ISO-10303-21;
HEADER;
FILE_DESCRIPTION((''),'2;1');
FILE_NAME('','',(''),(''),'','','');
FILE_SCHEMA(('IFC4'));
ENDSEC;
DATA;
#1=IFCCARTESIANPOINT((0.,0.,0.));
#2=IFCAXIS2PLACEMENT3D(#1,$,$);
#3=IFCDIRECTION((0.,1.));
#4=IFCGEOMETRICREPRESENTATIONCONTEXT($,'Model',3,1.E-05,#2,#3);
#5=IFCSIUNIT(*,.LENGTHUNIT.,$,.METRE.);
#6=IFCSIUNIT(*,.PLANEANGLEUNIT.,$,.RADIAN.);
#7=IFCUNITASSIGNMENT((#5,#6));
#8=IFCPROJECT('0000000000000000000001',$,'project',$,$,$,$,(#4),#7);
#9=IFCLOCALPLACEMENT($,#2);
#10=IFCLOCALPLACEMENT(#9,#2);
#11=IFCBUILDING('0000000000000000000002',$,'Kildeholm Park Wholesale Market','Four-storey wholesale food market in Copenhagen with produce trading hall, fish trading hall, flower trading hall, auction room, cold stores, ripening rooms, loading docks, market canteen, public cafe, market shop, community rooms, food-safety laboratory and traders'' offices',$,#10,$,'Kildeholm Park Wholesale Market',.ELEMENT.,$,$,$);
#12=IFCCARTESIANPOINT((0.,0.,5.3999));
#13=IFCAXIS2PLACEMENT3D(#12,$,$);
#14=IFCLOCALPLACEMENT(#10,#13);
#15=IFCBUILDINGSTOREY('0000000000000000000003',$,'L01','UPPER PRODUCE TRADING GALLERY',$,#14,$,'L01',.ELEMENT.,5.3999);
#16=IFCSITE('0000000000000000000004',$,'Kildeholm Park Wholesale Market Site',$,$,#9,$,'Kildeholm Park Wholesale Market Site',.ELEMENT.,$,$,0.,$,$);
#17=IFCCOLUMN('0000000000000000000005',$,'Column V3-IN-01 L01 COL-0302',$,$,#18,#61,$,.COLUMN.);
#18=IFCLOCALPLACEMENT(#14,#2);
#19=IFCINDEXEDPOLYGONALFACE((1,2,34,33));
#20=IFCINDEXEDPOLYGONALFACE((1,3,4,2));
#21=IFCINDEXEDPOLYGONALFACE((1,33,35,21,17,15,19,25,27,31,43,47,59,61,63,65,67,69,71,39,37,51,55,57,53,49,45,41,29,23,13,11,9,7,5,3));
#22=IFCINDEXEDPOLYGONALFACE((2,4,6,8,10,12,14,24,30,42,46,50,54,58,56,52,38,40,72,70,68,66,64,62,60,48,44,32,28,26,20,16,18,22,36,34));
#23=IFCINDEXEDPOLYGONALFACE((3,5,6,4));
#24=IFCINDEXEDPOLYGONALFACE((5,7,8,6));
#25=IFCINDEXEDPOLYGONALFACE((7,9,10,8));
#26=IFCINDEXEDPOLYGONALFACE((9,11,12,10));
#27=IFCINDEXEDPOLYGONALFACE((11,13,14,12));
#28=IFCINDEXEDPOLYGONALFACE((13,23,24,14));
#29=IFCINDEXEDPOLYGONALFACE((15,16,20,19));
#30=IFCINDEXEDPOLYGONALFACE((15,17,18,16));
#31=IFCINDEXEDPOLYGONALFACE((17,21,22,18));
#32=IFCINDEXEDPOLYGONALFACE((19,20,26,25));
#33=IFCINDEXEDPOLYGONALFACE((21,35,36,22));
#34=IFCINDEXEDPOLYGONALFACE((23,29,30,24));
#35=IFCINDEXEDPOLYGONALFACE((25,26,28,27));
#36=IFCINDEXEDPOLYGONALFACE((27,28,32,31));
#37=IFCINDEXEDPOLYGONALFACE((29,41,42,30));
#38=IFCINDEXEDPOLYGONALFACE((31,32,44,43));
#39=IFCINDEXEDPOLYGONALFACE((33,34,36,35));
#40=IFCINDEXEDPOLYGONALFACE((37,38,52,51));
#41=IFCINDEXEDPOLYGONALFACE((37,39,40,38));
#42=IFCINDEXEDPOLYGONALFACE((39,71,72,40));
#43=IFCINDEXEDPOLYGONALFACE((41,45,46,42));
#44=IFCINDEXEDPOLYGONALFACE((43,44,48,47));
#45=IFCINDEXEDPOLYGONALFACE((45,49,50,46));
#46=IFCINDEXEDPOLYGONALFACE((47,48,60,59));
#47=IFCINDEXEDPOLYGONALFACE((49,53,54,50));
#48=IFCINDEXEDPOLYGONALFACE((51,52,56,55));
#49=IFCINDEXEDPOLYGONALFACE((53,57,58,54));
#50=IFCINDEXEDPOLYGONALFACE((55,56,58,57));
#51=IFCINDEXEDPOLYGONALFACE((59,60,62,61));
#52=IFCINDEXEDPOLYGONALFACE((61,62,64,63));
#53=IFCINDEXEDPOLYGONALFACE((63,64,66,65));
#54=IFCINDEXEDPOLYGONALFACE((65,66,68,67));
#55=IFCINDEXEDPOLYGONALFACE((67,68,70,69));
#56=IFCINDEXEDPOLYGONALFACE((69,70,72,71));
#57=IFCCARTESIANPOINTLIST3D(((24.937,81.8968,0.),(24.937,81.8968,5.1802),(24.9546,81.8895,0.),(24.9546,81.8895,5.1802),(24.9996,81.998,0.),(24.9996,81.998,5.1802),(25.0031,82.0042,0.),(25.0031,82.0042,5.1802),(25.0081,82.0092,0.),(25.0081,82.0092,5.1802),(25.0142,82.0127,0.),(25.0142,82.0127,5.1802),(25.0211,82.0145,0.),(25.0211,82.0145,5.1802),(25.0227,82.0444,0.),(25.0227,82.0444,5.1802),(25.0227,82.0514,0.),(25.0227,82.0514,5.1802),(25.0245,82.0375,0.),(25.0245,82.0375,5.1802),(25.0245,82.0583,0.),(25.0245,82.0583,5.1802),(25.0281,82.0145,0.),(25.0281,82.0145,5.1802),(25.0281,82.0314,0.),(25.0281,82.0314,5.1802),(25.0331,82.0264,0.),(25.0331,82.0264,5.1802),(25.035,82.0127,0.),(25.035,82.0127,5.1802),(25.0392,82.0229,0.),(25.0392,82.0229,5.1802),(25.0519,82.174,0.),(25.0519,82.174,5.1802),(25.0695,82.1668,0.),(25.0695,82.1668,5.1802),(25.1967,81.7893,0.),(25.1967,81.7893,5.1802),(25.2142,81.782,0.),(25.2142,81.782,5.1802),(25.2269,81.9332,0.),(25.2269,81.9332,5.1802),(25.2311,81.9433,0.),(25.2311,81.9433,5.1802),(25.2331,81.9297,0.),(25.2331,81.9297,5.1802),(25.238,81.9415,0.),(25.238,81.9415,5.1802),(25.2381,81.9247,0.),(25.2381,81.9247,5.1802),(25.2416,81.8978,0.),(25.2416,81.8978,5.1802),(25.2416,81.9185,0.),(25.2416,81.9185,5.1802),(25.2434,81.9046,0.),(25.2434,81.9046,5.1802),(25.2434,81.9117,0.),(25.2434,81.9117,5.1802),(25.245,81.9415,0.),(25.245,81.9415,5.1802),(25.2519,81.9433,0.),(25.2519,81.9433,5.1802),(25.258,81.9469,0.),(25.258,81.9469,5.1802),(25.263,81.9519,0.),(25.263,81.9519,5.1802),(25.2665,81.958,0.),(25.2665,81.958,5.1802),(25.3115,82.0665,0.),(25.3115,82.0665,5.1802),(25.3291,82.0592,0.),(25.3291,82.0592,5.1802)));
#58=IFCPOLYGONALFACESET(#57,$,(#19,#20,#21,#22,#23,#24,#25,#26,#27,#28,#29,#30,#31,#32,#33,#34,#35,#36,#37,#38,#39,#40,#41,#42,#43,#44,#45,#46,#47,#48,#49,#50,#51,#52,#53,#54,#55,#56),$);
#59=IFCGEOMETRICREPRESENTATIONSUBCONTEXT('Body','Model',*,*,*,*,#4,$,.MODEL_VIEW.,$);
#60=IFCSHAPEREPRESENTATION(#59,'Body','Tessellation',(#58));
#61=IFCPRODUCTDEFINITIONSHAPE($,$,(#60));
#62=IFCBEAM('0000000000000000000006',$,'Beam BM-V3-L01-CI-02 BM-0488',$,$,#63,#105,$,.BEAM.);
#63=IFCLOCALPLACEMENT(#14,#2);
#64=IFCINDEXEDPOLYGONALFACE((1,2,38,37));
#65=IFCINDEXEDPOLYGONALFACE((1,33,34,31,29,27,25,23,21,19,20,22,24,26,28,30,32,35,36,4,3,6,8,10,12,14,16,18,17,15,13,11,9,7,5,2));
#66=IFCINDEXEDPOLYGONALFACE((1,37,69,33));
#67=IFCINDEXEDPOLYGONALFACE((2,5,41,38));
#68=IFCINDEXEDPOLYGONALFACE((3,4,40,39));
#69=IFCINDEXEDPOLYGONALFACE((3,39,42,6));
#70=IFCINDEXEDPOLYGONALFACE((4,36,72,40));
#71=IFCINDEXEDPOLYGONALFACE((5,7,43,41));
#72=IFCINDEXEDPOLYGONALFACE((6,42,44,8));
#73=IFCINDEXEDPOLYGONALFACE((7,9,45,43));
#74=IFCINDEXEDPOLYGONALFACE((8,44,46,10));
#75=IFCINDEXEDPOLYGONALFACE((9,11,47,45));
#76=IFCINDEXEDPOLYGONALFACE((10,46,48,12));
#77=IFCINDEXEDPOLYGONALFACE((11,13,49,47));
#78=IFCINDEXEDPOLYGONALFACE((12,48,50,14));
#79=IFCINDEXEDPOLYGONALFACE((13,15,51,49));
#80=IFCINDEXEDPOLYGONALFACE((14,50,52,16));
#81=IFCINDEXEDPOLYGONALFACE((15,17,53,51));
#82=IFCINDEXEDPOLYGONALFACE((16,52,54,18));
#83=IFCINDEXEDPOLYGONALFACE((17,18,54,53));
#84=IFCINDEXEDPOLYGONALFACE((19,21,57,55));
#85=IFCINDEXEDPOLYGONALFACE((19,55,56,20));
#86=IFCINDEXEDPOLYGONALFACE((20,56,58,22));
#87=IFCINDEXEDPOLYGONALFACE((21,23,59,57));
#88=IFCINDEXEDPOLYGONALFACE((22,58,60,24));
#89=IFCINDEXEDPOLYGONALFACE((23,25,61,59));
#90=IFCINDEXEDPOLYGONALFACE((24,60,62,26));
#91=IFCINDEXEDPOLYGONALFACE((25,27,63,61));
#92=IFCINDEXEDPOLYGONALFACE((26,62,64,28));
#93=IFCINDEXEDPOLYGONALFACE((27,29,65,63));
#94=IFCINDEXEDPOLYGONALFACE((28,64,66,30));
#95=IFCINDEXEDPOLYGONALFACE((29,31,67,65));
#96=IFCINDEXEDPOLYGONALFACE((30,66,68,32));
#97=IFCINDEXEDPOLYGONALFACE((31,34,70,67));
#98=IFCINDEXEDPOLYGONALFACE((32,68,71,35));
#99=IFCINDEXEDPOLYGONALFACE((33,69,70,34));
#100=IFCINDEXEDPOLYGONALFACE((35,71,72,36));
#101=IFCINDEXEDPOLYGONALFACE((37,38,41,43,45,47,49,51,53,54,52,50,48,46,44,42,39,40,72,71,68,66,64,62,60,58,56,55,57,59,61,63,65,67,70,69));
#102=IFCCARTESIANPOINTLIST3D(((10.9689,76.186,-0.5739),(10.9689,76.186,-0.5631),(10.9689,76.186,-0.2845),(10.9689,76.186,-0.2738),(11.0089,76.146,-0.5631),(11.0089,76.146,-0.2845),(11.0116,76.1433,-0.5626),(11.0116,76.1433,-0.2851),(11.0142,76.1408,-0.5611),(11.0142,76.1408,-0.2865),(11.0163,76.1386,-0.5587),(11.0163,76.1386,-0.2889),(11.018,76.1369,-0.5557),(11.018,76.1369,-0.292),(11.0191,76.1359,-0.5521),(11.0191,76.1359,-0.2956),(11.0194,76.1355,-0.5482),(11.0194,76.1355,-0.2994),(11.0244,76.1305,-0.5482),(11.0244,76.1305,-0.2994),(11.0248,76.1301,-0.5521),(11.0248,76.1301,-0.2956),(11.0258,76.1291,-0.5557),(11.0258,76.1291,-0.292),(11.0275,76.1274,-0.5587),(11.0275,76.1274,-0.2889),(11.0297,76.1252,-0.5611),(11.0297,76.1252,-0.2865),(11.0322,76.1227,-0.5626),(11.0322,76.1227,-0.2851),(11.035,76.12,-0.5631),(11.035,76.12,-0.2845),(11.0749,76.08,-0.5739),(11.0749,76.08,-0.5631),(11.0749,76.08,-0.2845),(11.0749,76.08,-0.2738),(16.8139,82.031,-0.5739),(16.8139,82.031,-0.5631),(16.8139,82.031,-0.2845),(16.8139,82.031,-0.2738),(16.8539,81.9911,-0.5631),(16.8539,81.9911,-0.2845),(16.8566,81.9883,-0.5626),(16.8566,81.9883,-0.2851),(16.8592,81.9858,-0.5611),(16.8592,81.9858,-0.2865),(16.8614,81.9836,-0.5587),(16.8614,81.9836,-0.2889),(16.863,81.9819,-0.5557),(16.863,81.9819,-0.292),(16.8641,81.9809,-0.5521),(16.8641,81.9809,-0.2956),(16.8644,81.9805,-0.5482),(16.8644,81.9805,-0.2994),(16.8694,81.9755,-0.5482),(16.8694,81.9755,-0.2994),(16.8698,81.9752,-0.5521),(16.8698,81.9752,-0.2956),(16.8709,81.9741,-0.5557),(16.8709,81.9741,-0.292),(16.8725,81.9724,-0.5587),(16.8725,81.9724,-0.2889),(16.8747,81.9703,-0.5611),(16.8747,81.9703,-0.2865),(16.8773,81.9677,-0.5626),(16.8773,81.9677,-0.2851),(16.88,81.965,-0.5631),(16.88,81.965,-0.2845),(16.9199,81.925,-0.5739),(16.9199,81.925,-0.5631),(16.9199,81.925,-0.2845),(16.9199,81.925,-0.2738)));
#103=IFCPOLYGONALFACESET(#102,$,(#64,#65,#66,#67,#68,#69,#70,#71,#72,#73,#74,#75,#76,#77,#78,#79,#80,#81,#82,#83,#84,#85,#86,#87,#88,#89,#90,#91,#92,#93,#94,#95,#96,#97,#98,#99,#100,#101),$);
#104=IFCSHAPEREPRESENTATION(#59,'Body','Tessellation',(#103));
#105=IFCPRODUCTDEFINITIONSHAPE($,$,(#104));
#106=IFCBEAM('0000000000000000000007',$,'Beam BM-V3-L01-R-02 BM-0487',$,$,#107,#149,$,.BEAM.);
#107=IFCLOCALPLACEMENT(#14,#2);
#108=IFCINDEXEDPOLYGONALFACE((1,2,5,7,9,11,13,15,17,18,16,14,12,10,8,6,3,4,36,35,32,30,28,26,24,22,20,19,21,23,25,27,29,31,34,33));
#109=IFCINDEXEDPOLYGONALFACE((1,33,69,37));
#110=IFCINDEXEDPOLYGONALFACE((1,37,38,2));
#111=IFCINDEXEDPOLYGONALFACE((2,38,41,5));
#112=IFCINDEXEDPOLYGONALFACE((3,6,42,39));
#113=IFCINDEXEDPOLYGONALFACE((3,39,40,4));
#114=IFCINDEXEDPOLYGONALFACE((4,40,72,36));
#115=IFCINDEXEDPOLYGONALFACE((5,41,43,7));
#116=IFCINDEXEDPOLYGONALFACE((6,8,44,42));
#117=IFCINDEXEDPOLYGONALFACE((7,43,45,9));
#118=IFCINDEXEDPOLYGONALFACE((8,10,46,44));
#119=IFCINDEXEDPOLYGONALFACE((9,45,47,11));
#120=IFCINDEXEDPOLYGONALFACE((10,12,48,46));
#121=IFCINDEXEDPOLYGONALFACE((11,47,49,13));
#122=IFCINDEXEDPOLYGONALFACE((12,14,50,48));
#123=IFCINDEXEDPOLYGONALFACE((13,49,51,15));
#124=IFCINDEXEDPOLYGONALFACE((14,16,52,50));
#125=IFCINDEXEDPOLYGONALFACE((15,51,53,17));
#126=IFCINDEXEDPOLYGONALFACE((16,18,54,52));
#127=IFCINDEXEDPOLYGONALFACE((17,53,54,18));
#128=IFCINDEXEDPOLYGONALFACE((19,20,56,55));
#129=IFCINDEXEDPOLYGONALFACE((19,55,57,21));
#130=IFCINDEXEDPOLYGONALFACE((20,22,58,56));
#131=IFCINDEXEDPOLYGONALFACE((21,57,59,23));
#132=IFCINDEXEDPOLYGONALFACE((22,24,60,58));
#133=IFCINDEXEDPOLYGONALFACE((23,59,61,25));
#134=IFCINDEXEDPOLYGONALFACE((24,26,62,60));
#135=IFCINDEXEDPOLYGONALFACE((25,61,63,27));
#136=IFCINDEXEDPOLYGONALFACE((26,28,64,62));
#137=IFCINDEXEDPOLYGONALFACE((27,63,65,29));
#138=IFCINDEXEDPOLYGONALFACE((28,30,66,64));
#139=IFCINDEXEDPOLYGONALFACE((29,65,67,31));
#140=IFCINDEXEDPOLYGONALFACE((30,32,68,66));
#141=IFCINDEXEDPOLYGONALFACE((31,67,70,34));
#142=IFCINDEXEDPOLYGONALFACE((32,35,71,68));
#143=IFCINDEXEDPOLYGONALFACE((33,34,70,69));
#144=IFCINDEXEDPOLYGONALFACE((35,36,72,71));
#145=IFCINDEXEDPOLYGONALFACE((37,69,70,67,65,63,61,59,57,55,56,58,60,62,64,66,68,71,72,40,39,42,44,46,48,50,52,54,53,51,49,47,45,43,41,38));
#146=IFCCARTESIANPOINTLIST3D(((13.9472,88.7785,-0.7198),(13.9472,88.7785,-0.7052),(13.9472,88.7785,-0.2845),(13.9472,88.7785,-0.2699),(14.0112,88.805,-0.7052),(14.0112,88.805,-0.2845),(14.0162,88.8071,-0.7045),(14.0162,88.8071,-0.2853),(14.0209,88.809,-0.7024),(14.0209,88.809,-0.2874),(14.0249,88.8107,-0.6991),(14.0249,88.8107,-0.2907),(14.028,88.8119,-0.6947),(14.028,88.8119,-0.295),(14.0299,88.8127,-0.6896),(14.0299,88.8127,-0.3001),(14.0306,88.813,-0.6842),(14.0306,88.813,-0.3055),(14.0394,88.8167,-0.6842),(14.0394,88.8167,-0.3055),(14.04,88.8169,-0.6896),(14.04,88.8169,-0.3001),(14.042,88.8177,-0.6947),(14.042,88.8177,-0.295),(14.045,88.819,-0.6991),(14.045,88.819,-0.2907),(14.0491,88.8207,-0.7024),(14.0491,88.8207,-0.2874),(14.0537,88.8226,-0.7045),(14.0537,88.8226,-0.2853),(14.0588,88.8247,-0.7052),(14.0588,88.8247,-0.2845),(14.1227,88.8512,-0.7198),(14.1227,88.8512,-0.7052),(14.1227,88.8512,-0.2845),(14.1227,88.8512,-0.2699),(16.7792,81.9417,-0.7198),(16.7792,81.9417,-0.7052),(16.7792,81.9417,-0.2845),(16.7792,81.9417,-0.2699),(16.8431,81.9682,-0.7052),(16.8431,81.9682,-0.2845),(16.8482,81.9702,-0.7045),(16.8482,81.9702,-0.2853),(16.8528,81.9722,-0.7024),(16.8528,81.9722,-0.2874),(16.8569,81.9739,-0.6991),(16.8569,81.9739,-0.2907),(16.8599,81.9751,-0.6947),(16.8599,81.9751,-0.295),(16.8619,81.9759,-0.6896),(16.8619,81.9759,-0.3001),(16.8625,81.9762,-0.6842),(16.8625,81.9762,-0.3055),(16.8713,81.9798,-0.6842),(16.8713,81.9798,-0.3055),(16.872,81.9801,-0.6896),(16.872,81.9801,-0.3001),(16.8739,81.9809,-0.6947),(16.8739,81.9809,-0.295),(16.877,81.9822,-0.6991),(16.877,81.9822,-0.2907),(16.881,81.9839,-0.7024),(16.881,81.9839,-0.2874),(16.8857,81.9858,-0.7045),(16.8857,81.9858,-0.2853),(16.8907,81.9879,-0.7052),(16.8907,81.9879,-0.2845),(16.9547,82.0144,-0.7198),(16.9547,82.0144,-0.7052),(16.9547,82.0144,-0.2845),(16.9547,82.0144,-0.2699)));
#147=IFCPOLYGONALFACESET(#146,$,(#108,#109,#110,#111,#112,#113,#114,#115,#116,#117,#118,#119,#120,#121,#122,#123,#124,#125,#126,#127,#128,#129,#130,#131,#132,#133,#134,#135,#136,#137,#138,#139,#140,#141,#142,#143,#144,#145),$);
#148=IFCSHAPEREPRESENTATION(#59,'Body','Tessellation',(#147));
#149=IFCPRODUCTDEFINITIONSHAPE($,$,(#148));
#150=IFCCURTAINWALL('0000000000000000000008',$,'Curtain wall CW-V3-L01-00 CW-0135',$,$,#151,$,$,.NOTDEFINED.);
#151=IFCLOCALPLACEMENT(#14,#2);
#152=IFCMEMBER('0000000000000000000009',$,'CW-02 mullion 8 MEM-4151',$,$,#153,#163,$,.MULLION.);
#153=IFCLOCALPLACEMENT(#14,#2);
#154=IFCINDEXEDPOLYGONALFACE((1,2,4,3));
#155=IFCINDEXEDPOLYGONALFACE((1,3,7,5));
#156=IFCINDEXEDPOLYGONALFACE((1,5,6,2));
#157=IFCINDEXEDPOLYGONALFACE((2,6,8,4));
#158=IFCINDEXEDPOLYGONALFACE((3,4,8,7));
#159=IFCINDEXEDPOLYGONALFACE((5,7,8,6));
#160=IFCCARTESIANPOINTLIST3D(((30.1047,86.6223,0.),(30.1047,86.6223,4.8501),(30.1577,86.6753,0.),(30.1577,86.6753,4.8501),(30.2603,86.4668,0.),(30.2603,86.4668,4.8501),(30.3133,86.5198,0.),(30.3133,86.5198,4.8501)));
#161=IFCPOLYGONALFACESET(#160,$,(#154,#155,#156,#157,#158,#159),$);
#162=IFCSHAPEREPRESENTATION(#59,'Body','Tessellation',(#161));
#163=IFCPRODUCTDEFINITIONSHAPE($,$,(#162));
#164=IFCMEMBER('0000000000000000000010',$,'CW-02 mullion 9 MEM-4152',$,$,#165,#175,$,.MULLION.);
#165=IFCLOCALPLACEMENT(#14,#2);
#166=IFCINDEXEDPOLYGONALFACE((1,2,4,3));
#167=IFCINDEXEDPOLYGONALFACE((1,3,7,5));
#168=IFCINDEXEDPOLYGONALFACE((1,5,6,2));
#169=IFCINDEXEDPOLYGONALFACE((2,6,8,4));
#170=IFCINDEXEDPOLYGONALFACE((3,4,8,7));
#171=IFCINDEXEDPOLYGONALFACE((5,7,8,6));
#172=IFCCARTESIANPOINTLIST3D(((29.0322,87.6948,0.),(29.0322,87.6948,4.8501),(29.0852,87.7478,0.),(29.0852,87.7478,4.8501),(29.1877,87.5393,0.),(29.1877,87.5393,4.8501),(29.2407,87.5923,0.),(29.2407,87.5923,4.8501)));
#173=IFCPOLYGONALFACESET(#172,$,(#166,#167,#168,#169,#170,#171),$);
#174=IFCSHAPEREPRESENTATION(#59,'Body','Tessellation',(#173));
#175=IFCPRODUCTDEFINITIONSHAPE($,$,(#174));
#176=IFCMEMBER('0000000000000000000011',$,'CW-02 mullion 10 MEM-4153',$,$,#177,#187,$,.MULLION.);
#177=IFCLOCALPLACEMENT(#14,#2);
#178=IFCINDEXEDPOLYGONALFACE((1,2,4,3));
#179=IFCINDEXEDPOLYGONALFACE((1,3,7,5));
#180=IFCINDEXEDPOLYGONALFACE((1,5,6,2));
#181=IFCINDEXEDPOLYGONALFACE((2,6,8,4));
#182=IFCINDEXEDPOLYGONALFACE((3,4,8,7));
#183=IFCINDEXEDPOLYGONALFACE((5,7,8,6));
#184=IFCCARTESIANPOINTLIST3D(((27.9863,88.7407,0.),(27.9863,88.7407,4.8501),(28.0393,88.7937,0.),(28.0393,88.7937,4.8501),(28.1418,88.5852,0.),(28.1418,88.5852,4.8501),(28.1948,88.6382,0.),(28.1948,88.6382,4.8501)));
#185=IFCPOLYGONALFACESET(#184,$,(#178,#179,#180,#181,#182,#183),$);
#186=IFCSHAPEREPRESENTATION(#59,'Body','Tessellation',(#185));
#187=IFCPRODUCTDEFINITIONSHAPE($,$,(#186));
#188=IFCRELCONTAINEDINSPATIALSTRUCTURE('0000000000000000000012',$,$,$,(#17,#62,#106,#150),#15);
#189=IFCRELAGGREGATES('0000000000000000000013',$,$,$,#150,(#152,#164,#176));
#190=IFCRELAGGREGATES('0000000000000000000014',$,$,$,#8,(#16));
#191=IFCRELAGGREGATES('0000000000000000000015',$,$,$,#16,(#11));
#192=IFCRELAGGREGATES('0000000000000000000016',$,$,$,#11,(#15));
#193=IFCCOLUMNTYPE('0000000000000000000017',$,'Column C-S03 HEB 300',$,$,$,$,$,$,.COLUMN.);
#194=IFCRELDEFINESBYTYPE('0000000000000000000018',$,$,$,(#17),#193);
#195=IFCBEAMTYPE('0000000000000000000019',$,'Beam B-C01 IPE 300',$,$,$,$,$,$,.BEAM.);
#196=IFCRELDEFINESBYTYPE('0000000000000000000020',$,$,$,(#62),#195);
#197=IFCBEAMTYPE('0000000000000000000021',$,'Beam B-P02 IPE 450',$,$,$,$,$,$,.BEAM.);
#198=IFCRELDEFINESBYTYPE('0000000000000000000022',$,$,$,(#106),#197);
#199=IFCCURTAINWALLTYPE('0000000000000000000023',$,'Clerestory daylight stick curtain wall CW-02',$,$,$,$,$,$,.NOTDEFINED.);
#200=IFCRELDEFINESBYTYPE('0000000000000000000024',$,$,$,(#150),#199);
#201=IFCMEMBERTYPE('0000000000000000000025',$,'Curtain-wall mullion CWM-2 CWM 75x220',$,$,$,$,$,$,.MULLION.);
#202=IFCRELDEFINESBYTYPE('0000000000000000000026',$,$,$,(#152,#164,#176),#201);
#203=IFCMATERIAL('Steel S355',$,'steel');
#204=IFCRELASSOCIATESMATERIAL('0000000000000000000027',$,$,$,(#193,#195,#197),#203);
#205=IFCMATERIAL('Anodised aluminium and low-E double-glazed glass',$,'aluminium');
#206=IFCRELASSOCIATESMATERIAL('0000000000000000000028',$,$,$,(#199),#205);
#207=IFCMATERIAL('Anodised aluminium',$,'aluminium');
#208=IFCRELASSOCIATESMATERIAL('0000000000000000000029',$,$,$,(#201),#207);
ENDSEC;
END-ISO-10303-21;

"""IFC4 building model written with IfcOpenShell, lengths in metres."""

from ifc_helpers import new_model, si_unit, direction, frame, origin, origin_2d, place, context, subcontext, project, spatial, rectangle, i_section, extrude, material, material_profile, profile_set, type_object, element, aggregate, save


model = new_model("IFC4")

# Units and contexts
model_context = context("Model", 3, precision=1e-05, world=origin(), true_north=direction((0.0, 1.0)))
body_context = subcontext(model_context, "Body", "Model", "MODEL_VIEW")
ifc_project = project(units=[si_unit("LENGTHUNIT", "METRE"), si_unit("PLANEANGLEUNIT", "RADIAN")], contexts=[model_context])

# Site, building, storey
site_placement = place(None, origin())
site = spatial("IfcSite", under=ifc_project, at=site_placement, Name="Kildeholm Park Wholesale Market Site", LongName="Kildeholm Park Wholesale Market Site", CompositionType="ELEMENT", RefElevation=0.0)
building_placement = place(site_placement, origin())
building = spatial("IfcBuilding", under=site, at=building_placement, Name="Kildeholm Park Wholesale Market", Description="Four-storey wholesale food market in Copenhagen with produce trading hall, fish trading hall, flower trading hall, auction room, cold stores, ripening rooms, loading docks, market canteen, public cafe, market shop, community rooms, food-safety laboratory and traders' offices", LongName="Kildeholm Park Wholesale Market", CompositionType="ELEMENT")
storey_placement = place(building_placement, frame((0.0, 0.0, 5.3999)))
storey = spatial("IfcBuildingStorey", under=building, at=storey_placement, Name="L01", Description="UPPER PRODUCE TRADING GALLERY", LongName="L01", CompositionType="ELEMENT", Elevation=5.3999)

# Column
ifc_material_1 = material(Name="Steel S355", Category="steel")
ifc_material_profile_1 = material_profile(ifc_material_1, i_section(OverallWidth=0.3, OverallDepth=0.3, WebThickness=0.011, FlangeThickness=0.019, FilletRadius=0.0271, at=origin_2d()), Name="HEB 300")
ifc_profile_set_1 = profile_set([ifc_material_profile_1], Name="Steel S355")
column_type = type_object("IfcColumnType", Name="Column C-S03 HEB 300", PredefinedType="COLUMN", material=ifc_profile_set_1)
column_placement = place(storey_placement, frame((25.1331, 81.978, 0.0), z_axis=(0.0, 0.0, 1.0), x_axis=(0.382683, 0.92388, 0.0)))
element("IfcColumn", 1, at=column_placement, inside=storey, type_object=column_type, Name="Column V3-IN-01 L01 COL-0302", PredefinedType="COLUMN", context=body_context, shape_type="SweptSolid", body=[
    extrude(i_section(OverallWidth=0.3, OverallDepth=0.3, WebThickness=0.011, FlangeThickness=0.019, FilletRadius=0.0271, at=origin_2d()), origin(), (0.0, 0.0, 1.0), 5.1802),
])

# Beams
ifc_material_profile_2 = material_profile(ifc_material_1, i_section(OverallWidth=0.1499, OverallDepth=0.3, WebThickness=0.0071, FlangeThickness=0.0107, FilletRadius=0.0149, at=origin_2d()), Name="IPE 300")
ifc_profile_set_2 = profile_set([ifc_material_profile_2], Name="Steel S355")
beam_type_1 = type_object("IfcBeamType", Name="Beam B-C01 IPE 300", PredefinedType="BEAM", material=ifc_profile_set_2)
beam_1_placement = place(storey_placement, frame((16.8669, 81.978, -0.4238), z_axis=(-0.707107, -0.707107, 0.0), x_axis=(0.707107, -0.707107, 0.0)))
element("IfcBeam", 2, at=beam_1_placement, inside=storey, type_object=beam_type_1, Name="Beam BM-V3-L01-CI-02 BM-0488", PredefinedType="BEAM", context=body_context, shape_type="SweptSolid", body=[
    extrude(i_section(OverallWidth=0.1499, OverallDepth=0.3, WebThickness=0.0071, FlangeThickness=0.0107, FilletRadius=0.0149, at=origin_2d()), origin(), (0.0, 0.0, 1.0), 8.2661),
])
ifc_material_profile_3 = material_profile(ifc_material_1, i_section(OverallWidth=0.1899, OverallDepth=0.45, WebThickness=0.0095, FlangeThickness=0.0146, FilletRadius=0.021, at=origin_2d()), Name="IPE 450")
ifc_profile_set_3 = profile_set([ifc_material_profile_3], Name="Steel S355")
beam_type_2 = type_object("IfcBeamType", Name="Beam B-P02 IPE 450", PredefinedType="BEAM", material=ifc_profile_set_3)
beam_2_placement = place(storey_placement, frame((16.8669, 81.978, -0.4949), z_axis=(-0.382694, 0.923875, 0.0), x_axis=(-0.923875, -0.382694, 0.0)))
element("IfcBeam", 3, at=beam_2_placement, inside=storey, type_object=beam_type_2, Name="Beam BM-V3-L01-R-02 BM-0487", PredefinedType="BEAM", context=body_context, shape_type="SweptSolid", body=[
    extrude(i_section(OverallWidth=0.1899, OverallDepth=0.45, WebThickness=0.0095, FlangeThickness=0.0146, FilletRadius=0.021, at=origin_2d()), origin(), (0.0, 0.0, 1.0), 7.4001),
])

# Curtain wall, members
ifc_material_2 = material(Name="Anodised aluminium and low-E double-glazed glass", Category="aluminium")
curtain_wall_type = type_object("IfcCurtainWallType", Name="Clerestory daylight stick curtain wall CW-02", PredefinedType="NOTDEFINED", material=ifc_material_2)
curtain_wall_1_placement = place(storey_placement, origin())
curtain_wall_1 = element("IfcCurtainWall", 4, at=curtain_wall_1_placement, inside=storey, type_object=curtain_wall_type, Name="Curtain wall CW-V3-L01-00 CW-0135", PredefinedType="NOTDEFINED")
ifc_material_3 = material(Name="Anodised aluminium", Category="aluminium")
ifc_material_profile_4 = material_profile(ifc_material_3, rectangle(XDim=0.075, YDim=0.22, at=origin_2d()), Name="CWM 75x220")
ifc_profile_set_4 = profile_set([ifc_material_profile_4], Name="Anodised aluminium")
member_type_1 = type_object("IfcMemberType", Name="Curtain-wall mullion CWM-2 CWM 75x220", PredefinedType="MULLION", material=ifc_profile_set_4)
member_1_placement = place(storey_placement, frame((30.209, 86.571, 0.0), z_axis=(0.0, 0.0, 1.0), x_axis=(-0.707107, -0.707107, 0.0)))
member_1 = element("IfcMember", 5, at=member_1_placement, type_object=member_type_1, Name="CW-02 mullion 8 MEM-4151", PredefinedType="MULLION", context=body_context, shape_type="SweptSolid", body=[
    extrude(rectangle(XDim=0.075, YDim=0.22, at=origin_2d()), origin(), (0.0, 0.0, 1.0), 4.8501),
])
member_2_placement = place(storey_placement, frame((29.1365, 87.6436, 0.0), z_axis=(0.0, 0.0, 1.0), x_axis=(-0.707107, -0.707107, 0.0)))
member_2 = element("IfcMember", 6, at=member_2_placement, type_object=member_type_1, Name="CW-02 mullion 9 MEM-4152", PredefinedType="MULLION", context=body_context, shape_type="SweptSolid", body=[
    extrude(rectangle(XDim=0.075, YDim=0.22, at=origin_2d()), origin(), (0.0, 0.0, 1.0), 4.8501),
])
member_3_placement = place(storey_placement, frame((28.0906, 88.6895, 0.0), z_axis=(0.0, 0.0, 1.0), x_axis=(-0.707107, -0.707107, 0.0)))
member_3 = element("IfcMember", 7, at=member_3_placement, type_object=member_type_1, Name="CW-02 mullion 10 MEM-4153", PredefinedType="MULLION", context=body_context, shape_type="SweptSolid", body=[
    extrude(rectangle(XDim=0.075, YDim=0.22, at=origin_2d()), origin(), (0.0, 0.0, 1.0), 4.8501),
])

aggregate(curtain_wall_1, [member_1, member_2, member_3])

save(model, "model.ifc")
